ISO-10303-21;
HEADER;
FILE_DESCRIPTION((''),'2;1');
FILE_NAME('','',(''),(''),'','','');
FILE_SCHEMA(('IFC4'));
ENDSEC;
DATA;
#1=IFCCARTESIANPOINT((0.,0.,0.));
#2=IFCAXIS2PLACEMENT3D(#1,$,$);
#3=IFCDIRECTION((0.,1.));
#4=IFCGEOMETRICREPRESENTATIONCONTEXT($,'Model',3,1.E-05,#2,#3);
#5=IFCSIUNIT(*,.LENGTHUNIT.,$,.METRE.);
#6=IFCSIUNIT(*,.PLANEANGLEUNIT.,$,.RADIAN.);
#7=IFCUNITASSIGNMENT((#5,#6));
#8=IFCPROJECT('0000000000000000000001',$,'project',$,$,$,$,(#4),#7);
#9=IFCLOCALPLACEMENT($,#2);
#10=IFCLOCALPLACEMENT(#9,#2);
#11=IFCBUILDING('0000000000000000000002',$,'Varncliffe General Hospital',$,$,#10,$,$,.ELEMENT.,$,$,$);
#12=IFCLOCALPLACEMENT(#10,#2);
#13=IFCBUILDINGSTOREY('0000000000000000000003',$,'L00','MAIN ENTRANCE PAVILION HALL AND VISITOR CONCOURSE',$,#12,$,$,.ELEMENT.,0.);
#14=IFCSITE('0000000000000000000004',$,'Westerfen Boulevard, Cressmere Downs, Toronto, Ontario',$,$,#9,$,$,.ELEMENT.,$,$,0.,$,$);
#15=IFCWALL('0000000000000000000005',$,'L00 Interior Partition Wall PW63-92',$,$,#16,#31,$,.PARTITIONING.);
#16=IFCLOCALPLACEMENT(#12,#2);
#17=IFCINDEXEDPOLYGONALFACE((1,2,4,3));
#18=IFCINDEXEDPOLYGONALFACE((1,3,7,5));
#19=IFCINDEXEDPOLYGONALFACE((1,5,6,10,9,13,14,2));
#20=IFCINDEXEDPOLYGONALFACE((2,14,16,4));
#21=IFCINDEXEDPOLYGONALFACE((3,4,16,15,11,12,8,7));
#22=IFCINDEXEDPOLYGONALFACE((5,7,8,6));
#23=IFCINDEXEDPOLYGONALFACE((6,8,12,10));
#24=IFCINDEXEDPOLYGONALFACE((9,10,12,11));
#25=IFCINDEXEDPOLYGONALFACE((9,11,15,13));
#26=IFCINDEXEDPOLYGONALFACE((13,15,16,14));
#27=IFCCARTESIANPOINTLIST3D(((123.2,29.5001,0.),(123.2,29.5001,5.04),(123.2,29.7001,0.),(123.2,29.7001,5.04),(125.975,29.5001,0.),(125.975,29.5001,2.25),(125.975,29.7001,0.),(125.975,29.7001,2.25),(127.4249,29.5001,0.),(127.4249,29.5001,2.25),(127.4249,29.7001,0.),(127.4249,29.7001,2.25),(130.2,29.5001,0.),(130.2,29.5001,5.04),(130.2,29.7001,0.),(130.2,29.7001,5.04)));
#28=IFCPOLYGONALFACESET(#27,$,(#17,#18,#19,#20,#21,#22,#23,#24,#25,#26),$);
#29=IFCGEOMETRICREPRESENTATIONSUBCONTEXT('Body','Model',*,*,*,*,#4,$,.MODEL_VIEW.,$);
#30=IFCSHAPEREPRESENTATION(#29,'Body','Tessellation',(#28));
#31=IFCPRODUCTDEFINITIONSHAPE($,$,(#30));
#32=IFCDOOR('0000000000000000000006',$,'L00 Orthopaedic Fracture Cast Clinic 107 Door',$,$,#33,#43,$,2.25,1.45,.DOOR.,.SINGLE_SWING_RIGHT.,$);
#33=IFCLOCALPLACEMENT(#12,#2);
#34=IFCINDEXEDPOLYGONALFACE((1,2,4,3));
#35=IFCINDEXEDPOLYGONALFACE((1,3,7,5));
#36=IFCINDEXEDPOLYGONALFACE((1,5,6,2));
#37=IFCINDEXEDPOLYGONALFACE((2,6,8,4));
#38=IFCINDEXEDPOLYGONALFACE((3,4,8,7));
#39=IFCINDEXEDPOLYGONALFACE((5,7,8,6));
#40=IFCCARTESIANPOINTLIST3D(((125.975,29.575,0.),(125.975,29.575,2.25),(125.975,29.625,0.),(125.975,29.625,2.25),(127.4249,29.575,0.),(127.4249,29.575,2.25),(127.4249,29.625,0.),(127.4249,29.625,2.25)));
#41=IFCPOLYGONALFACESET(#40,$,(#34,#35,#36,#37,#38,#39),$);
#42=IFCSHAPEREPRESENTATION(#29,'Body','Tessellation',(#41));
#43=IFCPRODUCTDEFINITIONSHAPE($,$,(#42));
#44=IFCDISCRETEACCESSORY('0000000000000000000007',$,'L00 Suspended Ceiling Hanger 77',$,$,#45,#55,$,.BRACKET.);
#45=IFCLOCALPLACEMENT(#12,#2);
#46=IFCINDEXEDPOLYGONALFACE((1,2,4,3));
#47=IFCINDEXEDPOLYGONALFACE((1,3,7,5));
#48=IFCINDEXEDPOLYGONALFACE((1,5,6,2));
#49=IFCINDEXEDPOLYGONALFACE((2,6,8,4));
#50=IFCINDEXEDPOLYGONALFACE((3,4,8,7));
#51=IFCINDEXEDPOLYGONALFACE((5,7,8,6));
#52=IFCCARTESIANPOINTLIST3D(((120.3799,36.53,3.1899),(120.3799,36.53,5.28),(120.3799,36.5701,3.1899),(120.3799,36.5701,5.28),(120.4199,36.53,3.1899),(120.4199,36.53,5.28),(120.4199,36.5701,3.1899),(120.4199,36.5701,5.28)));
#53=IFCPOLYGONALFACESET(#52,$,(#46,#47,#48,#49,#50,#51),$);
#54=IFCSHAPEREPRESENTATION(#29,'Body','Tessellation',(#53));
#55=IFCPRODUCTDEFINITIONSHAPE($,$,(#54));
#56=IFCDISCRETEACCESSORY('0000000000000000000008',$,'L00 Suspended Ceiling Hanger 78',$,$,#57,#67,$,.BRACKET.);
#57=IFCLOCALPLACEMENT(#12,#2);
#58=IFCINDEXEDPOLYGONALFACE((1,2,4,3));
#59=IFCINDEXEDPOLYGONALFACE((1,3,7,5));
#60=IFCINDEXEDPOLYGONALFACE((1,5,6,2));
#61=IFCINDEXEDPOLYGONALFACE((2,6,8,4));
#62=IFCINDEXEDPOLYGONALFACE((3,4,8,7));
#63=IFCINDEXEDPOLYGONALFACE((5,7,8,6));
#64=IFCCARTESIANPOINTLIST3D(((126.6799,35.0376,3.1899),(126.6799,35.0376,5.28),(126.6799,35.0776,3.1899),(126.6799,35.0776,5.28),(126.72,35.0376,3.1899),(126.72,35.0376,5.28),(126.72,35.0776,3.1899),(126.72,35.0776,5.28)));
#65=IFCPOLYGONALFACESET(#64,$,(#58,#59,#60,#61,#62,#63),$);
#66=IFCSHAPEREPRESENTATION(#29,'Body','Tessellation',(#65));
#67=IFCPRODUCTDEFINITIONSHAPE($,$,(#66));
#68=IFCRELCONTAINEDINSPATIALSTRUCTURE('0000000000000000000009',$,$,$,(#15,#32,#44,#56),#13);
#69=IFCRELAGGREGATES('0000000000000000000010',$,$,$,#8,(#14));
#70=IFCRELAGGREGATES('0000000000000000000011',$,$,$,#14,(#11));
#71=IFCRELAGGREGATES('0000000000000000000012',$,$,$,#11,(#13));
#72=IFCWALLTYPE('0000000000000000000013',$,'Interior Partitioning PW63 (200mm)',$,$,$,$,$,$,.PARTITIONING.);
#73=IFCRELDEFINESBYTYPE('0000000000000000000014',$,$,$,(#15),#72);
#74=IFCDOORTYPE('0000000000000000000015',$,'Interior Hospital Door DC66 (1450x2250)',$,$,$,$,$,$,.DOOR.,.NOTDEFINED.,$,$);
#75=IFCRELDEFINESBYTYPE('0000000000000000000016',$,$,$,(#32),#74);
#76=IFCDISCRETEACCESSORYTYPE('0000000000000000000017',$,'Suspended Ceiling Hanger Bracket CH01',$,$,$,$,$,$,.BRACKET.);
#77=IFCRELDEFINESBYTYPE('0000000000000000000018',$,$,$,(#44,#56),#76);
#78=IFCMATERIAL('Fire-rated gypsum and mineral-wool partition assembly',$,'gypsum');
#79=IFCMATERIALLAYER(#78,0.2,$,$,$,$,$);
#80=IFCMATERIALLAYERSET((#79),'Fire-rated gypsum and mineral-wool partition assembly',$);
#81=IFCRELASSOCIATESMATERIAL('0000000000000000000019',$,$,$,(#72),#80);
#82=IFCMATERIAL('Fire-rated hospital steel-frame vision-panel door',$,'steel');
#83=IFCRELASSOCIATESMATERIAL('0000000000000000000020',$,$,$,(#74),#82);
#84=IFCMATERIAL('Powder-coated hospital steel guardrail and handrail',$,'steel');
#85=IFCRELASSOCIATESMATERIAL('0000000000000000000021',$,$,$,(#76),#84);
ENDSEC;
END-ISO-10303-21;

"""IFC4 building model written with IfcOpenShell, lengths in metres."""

from ifc_helpers import new_model, si_unit, direction, frame, frame_2d, origin, origin_2d, place, context, subcontext, project, spatial, rectangle, extrude, material, layer, layer_set, type_object, element, fill, save


model = new_model("IFC4")

# Units and contexts
model_context = context("Model", 3, precision=1e-05, world=origin(), true_north=direction((0.0, 1.0)))
body_context = subcontext(model_context, "Body", "Model", "MODEL_VIEW")
ifc_project = project(units=[si_unit("LENGTHUNIT", "METRE"), si_unit("PLANEANGLEUNIT", "RADIAN")], contexts=[model_context])

# Site, building, storey
site_placement = place(None, origin())
site = spatial("IfcSite", under=ifc_project, at=site_placement, Name="Westerfen Boulevard, Cressmere Downs, Toronto, Ontario", CompositionType="ELEMENT", RefElevation=0.0)
building_placement = place(site_placement, origin())
building = spatial("IfcBuilding", under=site, at=building_placement, Name="Varncliffe General Hospital", CompositionType="ELEMENT")
storey_placement = place(building_placement, origin())
storey = spatial("IfcBuildingStorey", under=building, at=storey_placement, Name="L00", Description="MAIN ENTRANCE PAVILION HALL AND VISITOR CONCOURSE", CompositionType="ELEMENT", Elevation=0.0)

# Wall, opening, door
ifc_material_1 = material(Name="Fire-rated gypsum and mineral-wool partition assembly", Category="gypsum")
ifc_layer_1 = layer(ifc_material_1, 0.2)
ifc_layer_set_1 = layer_set([ifc_layer_1], Name="Fire-rated gypsum and mineral-wool partition assembly")
wall_type_1 = type_object("IfcWallType", Name="Interior Partitioning PW63 (200mm)", PredefinedType="PARTITIONING", material=ifc_layer_set_1)
ifc_material_2 = material(Name="Fire-rated hospital steel-frame vision-panel door", Category="steel")
wall_1_placement = place(storey_placement, frame((123.2, 29.6001, 0.0), z_axis=(0.0, 0.0, 1.0), x_axis=(1.0, 0.0, 0.0)))
wall_1 = element("IfcWall", 1, at=wall_1_placement, inside=storey, type_object=wall_type_1, Name="L00 Interior Partition Wall PW63-92", PredefinedType="PARTITIONING", context=body_context, shape_type="SweptSolid", body=[
    extrude(rectangle(XDim=7.0, YDim=0.2, at=frame_2d((3.5, 0.0))), origin(), (0.0, 0.0, 1.0), 5.04),
])
opening_1_placement = place(wall_1_placement, frame((2.7749, 0.0, 0.0)))
opening_1 = element("IfcOpeningElement", 2, at=opening_1_placement, cuts=wall_1, PredefinedType="OPENING", context=body_context, shape_type="SweptSolid", body=[
    extrude(rectangle(XDim=1.45, YDim=2.25, at=frame_2d((0.7251, 1.125))), frame((0.0, 0.1099, 0.0), z_axis=(0.0, -1.0, 0.0), x_axis=(1.0, 0.0, 0.0)), (0.0, 0.0, 1.0), 0.22),
])
door_type_1 = type_object("IfcDoorType", Name="Interior Hospital Door DC66 (1450x2250)", OperationType="NOTDEFINED", PredefinedType="DOOR", material=ifc_material_2)
door_1_placement = place(opening_1_placement, origin())
door_1 = element("IfcDoor", 3, at=door_1_placement, inside=storey, type_object=door_type_1, Name="L00 Orthopaedic Fracture Cast Clinic 107 Door", OperationType="SINGLE_SWING_RIGHT", OverallHeight=2.25, OverallWidth=1.45, PredefinedType="DOOR", context=body_context, shape_type="SweptSolid", body=[
    extrude(rectangle(XDim=1.45, YDim=2.25, at=frame_2d((0.7251, 1.125))), frame((0.0, 0.0249, 0.0), z_axis=(0.0, -1.0, 0.0), x_axis=(1.0, 0.0, 0.0)), (0.0, 0.0, 1.0), 0.05),
])
fill(opening_1, door_1)

# Discrete accessories
ifc_material_3 = material(Name="Powder-coated hospital steel guardrail and handrail", Category="steel")
discrete_accessory_type = type_object("IfcDiscreteAccessoryType", Name="Suspended Ceiling Hanger Bracket CH01", PredefinedType="BRACKET", material=ifc_material_3)
for number, where, z_axis, x_axis, name in (
    (4, (120.3999, 36.55, 3.1899), (0.0, 0.0, 1.0), (1.0, 0.0, 0.0), "L00 Suspended Ceiling Hanger 77"),
    (5, (126.7, 35.0576, 3.1899), (0.0, 0.0, 1.0), (1.0, 0.0, 0.0), "L00 Suspended Ceiling Hanger 78"),
):
    element("IfcDiscreteAccessory", number, at=place(storey_placement, frame(where, z_axis=z_axis, x_axis=x_axis)), inside=storey, type_object=discrete_accessory_type, Name=name, PredefinedType="BRACKET", context=body_context, shape_type="SweptSolid", body=[
        extrude(rectangle(XDim=0.04, YDim=0.04, at=origin_2d()), origin(), (0.0, 0.0, 1.0), 2.0901),
    ])

save(model, "model.ifc")
